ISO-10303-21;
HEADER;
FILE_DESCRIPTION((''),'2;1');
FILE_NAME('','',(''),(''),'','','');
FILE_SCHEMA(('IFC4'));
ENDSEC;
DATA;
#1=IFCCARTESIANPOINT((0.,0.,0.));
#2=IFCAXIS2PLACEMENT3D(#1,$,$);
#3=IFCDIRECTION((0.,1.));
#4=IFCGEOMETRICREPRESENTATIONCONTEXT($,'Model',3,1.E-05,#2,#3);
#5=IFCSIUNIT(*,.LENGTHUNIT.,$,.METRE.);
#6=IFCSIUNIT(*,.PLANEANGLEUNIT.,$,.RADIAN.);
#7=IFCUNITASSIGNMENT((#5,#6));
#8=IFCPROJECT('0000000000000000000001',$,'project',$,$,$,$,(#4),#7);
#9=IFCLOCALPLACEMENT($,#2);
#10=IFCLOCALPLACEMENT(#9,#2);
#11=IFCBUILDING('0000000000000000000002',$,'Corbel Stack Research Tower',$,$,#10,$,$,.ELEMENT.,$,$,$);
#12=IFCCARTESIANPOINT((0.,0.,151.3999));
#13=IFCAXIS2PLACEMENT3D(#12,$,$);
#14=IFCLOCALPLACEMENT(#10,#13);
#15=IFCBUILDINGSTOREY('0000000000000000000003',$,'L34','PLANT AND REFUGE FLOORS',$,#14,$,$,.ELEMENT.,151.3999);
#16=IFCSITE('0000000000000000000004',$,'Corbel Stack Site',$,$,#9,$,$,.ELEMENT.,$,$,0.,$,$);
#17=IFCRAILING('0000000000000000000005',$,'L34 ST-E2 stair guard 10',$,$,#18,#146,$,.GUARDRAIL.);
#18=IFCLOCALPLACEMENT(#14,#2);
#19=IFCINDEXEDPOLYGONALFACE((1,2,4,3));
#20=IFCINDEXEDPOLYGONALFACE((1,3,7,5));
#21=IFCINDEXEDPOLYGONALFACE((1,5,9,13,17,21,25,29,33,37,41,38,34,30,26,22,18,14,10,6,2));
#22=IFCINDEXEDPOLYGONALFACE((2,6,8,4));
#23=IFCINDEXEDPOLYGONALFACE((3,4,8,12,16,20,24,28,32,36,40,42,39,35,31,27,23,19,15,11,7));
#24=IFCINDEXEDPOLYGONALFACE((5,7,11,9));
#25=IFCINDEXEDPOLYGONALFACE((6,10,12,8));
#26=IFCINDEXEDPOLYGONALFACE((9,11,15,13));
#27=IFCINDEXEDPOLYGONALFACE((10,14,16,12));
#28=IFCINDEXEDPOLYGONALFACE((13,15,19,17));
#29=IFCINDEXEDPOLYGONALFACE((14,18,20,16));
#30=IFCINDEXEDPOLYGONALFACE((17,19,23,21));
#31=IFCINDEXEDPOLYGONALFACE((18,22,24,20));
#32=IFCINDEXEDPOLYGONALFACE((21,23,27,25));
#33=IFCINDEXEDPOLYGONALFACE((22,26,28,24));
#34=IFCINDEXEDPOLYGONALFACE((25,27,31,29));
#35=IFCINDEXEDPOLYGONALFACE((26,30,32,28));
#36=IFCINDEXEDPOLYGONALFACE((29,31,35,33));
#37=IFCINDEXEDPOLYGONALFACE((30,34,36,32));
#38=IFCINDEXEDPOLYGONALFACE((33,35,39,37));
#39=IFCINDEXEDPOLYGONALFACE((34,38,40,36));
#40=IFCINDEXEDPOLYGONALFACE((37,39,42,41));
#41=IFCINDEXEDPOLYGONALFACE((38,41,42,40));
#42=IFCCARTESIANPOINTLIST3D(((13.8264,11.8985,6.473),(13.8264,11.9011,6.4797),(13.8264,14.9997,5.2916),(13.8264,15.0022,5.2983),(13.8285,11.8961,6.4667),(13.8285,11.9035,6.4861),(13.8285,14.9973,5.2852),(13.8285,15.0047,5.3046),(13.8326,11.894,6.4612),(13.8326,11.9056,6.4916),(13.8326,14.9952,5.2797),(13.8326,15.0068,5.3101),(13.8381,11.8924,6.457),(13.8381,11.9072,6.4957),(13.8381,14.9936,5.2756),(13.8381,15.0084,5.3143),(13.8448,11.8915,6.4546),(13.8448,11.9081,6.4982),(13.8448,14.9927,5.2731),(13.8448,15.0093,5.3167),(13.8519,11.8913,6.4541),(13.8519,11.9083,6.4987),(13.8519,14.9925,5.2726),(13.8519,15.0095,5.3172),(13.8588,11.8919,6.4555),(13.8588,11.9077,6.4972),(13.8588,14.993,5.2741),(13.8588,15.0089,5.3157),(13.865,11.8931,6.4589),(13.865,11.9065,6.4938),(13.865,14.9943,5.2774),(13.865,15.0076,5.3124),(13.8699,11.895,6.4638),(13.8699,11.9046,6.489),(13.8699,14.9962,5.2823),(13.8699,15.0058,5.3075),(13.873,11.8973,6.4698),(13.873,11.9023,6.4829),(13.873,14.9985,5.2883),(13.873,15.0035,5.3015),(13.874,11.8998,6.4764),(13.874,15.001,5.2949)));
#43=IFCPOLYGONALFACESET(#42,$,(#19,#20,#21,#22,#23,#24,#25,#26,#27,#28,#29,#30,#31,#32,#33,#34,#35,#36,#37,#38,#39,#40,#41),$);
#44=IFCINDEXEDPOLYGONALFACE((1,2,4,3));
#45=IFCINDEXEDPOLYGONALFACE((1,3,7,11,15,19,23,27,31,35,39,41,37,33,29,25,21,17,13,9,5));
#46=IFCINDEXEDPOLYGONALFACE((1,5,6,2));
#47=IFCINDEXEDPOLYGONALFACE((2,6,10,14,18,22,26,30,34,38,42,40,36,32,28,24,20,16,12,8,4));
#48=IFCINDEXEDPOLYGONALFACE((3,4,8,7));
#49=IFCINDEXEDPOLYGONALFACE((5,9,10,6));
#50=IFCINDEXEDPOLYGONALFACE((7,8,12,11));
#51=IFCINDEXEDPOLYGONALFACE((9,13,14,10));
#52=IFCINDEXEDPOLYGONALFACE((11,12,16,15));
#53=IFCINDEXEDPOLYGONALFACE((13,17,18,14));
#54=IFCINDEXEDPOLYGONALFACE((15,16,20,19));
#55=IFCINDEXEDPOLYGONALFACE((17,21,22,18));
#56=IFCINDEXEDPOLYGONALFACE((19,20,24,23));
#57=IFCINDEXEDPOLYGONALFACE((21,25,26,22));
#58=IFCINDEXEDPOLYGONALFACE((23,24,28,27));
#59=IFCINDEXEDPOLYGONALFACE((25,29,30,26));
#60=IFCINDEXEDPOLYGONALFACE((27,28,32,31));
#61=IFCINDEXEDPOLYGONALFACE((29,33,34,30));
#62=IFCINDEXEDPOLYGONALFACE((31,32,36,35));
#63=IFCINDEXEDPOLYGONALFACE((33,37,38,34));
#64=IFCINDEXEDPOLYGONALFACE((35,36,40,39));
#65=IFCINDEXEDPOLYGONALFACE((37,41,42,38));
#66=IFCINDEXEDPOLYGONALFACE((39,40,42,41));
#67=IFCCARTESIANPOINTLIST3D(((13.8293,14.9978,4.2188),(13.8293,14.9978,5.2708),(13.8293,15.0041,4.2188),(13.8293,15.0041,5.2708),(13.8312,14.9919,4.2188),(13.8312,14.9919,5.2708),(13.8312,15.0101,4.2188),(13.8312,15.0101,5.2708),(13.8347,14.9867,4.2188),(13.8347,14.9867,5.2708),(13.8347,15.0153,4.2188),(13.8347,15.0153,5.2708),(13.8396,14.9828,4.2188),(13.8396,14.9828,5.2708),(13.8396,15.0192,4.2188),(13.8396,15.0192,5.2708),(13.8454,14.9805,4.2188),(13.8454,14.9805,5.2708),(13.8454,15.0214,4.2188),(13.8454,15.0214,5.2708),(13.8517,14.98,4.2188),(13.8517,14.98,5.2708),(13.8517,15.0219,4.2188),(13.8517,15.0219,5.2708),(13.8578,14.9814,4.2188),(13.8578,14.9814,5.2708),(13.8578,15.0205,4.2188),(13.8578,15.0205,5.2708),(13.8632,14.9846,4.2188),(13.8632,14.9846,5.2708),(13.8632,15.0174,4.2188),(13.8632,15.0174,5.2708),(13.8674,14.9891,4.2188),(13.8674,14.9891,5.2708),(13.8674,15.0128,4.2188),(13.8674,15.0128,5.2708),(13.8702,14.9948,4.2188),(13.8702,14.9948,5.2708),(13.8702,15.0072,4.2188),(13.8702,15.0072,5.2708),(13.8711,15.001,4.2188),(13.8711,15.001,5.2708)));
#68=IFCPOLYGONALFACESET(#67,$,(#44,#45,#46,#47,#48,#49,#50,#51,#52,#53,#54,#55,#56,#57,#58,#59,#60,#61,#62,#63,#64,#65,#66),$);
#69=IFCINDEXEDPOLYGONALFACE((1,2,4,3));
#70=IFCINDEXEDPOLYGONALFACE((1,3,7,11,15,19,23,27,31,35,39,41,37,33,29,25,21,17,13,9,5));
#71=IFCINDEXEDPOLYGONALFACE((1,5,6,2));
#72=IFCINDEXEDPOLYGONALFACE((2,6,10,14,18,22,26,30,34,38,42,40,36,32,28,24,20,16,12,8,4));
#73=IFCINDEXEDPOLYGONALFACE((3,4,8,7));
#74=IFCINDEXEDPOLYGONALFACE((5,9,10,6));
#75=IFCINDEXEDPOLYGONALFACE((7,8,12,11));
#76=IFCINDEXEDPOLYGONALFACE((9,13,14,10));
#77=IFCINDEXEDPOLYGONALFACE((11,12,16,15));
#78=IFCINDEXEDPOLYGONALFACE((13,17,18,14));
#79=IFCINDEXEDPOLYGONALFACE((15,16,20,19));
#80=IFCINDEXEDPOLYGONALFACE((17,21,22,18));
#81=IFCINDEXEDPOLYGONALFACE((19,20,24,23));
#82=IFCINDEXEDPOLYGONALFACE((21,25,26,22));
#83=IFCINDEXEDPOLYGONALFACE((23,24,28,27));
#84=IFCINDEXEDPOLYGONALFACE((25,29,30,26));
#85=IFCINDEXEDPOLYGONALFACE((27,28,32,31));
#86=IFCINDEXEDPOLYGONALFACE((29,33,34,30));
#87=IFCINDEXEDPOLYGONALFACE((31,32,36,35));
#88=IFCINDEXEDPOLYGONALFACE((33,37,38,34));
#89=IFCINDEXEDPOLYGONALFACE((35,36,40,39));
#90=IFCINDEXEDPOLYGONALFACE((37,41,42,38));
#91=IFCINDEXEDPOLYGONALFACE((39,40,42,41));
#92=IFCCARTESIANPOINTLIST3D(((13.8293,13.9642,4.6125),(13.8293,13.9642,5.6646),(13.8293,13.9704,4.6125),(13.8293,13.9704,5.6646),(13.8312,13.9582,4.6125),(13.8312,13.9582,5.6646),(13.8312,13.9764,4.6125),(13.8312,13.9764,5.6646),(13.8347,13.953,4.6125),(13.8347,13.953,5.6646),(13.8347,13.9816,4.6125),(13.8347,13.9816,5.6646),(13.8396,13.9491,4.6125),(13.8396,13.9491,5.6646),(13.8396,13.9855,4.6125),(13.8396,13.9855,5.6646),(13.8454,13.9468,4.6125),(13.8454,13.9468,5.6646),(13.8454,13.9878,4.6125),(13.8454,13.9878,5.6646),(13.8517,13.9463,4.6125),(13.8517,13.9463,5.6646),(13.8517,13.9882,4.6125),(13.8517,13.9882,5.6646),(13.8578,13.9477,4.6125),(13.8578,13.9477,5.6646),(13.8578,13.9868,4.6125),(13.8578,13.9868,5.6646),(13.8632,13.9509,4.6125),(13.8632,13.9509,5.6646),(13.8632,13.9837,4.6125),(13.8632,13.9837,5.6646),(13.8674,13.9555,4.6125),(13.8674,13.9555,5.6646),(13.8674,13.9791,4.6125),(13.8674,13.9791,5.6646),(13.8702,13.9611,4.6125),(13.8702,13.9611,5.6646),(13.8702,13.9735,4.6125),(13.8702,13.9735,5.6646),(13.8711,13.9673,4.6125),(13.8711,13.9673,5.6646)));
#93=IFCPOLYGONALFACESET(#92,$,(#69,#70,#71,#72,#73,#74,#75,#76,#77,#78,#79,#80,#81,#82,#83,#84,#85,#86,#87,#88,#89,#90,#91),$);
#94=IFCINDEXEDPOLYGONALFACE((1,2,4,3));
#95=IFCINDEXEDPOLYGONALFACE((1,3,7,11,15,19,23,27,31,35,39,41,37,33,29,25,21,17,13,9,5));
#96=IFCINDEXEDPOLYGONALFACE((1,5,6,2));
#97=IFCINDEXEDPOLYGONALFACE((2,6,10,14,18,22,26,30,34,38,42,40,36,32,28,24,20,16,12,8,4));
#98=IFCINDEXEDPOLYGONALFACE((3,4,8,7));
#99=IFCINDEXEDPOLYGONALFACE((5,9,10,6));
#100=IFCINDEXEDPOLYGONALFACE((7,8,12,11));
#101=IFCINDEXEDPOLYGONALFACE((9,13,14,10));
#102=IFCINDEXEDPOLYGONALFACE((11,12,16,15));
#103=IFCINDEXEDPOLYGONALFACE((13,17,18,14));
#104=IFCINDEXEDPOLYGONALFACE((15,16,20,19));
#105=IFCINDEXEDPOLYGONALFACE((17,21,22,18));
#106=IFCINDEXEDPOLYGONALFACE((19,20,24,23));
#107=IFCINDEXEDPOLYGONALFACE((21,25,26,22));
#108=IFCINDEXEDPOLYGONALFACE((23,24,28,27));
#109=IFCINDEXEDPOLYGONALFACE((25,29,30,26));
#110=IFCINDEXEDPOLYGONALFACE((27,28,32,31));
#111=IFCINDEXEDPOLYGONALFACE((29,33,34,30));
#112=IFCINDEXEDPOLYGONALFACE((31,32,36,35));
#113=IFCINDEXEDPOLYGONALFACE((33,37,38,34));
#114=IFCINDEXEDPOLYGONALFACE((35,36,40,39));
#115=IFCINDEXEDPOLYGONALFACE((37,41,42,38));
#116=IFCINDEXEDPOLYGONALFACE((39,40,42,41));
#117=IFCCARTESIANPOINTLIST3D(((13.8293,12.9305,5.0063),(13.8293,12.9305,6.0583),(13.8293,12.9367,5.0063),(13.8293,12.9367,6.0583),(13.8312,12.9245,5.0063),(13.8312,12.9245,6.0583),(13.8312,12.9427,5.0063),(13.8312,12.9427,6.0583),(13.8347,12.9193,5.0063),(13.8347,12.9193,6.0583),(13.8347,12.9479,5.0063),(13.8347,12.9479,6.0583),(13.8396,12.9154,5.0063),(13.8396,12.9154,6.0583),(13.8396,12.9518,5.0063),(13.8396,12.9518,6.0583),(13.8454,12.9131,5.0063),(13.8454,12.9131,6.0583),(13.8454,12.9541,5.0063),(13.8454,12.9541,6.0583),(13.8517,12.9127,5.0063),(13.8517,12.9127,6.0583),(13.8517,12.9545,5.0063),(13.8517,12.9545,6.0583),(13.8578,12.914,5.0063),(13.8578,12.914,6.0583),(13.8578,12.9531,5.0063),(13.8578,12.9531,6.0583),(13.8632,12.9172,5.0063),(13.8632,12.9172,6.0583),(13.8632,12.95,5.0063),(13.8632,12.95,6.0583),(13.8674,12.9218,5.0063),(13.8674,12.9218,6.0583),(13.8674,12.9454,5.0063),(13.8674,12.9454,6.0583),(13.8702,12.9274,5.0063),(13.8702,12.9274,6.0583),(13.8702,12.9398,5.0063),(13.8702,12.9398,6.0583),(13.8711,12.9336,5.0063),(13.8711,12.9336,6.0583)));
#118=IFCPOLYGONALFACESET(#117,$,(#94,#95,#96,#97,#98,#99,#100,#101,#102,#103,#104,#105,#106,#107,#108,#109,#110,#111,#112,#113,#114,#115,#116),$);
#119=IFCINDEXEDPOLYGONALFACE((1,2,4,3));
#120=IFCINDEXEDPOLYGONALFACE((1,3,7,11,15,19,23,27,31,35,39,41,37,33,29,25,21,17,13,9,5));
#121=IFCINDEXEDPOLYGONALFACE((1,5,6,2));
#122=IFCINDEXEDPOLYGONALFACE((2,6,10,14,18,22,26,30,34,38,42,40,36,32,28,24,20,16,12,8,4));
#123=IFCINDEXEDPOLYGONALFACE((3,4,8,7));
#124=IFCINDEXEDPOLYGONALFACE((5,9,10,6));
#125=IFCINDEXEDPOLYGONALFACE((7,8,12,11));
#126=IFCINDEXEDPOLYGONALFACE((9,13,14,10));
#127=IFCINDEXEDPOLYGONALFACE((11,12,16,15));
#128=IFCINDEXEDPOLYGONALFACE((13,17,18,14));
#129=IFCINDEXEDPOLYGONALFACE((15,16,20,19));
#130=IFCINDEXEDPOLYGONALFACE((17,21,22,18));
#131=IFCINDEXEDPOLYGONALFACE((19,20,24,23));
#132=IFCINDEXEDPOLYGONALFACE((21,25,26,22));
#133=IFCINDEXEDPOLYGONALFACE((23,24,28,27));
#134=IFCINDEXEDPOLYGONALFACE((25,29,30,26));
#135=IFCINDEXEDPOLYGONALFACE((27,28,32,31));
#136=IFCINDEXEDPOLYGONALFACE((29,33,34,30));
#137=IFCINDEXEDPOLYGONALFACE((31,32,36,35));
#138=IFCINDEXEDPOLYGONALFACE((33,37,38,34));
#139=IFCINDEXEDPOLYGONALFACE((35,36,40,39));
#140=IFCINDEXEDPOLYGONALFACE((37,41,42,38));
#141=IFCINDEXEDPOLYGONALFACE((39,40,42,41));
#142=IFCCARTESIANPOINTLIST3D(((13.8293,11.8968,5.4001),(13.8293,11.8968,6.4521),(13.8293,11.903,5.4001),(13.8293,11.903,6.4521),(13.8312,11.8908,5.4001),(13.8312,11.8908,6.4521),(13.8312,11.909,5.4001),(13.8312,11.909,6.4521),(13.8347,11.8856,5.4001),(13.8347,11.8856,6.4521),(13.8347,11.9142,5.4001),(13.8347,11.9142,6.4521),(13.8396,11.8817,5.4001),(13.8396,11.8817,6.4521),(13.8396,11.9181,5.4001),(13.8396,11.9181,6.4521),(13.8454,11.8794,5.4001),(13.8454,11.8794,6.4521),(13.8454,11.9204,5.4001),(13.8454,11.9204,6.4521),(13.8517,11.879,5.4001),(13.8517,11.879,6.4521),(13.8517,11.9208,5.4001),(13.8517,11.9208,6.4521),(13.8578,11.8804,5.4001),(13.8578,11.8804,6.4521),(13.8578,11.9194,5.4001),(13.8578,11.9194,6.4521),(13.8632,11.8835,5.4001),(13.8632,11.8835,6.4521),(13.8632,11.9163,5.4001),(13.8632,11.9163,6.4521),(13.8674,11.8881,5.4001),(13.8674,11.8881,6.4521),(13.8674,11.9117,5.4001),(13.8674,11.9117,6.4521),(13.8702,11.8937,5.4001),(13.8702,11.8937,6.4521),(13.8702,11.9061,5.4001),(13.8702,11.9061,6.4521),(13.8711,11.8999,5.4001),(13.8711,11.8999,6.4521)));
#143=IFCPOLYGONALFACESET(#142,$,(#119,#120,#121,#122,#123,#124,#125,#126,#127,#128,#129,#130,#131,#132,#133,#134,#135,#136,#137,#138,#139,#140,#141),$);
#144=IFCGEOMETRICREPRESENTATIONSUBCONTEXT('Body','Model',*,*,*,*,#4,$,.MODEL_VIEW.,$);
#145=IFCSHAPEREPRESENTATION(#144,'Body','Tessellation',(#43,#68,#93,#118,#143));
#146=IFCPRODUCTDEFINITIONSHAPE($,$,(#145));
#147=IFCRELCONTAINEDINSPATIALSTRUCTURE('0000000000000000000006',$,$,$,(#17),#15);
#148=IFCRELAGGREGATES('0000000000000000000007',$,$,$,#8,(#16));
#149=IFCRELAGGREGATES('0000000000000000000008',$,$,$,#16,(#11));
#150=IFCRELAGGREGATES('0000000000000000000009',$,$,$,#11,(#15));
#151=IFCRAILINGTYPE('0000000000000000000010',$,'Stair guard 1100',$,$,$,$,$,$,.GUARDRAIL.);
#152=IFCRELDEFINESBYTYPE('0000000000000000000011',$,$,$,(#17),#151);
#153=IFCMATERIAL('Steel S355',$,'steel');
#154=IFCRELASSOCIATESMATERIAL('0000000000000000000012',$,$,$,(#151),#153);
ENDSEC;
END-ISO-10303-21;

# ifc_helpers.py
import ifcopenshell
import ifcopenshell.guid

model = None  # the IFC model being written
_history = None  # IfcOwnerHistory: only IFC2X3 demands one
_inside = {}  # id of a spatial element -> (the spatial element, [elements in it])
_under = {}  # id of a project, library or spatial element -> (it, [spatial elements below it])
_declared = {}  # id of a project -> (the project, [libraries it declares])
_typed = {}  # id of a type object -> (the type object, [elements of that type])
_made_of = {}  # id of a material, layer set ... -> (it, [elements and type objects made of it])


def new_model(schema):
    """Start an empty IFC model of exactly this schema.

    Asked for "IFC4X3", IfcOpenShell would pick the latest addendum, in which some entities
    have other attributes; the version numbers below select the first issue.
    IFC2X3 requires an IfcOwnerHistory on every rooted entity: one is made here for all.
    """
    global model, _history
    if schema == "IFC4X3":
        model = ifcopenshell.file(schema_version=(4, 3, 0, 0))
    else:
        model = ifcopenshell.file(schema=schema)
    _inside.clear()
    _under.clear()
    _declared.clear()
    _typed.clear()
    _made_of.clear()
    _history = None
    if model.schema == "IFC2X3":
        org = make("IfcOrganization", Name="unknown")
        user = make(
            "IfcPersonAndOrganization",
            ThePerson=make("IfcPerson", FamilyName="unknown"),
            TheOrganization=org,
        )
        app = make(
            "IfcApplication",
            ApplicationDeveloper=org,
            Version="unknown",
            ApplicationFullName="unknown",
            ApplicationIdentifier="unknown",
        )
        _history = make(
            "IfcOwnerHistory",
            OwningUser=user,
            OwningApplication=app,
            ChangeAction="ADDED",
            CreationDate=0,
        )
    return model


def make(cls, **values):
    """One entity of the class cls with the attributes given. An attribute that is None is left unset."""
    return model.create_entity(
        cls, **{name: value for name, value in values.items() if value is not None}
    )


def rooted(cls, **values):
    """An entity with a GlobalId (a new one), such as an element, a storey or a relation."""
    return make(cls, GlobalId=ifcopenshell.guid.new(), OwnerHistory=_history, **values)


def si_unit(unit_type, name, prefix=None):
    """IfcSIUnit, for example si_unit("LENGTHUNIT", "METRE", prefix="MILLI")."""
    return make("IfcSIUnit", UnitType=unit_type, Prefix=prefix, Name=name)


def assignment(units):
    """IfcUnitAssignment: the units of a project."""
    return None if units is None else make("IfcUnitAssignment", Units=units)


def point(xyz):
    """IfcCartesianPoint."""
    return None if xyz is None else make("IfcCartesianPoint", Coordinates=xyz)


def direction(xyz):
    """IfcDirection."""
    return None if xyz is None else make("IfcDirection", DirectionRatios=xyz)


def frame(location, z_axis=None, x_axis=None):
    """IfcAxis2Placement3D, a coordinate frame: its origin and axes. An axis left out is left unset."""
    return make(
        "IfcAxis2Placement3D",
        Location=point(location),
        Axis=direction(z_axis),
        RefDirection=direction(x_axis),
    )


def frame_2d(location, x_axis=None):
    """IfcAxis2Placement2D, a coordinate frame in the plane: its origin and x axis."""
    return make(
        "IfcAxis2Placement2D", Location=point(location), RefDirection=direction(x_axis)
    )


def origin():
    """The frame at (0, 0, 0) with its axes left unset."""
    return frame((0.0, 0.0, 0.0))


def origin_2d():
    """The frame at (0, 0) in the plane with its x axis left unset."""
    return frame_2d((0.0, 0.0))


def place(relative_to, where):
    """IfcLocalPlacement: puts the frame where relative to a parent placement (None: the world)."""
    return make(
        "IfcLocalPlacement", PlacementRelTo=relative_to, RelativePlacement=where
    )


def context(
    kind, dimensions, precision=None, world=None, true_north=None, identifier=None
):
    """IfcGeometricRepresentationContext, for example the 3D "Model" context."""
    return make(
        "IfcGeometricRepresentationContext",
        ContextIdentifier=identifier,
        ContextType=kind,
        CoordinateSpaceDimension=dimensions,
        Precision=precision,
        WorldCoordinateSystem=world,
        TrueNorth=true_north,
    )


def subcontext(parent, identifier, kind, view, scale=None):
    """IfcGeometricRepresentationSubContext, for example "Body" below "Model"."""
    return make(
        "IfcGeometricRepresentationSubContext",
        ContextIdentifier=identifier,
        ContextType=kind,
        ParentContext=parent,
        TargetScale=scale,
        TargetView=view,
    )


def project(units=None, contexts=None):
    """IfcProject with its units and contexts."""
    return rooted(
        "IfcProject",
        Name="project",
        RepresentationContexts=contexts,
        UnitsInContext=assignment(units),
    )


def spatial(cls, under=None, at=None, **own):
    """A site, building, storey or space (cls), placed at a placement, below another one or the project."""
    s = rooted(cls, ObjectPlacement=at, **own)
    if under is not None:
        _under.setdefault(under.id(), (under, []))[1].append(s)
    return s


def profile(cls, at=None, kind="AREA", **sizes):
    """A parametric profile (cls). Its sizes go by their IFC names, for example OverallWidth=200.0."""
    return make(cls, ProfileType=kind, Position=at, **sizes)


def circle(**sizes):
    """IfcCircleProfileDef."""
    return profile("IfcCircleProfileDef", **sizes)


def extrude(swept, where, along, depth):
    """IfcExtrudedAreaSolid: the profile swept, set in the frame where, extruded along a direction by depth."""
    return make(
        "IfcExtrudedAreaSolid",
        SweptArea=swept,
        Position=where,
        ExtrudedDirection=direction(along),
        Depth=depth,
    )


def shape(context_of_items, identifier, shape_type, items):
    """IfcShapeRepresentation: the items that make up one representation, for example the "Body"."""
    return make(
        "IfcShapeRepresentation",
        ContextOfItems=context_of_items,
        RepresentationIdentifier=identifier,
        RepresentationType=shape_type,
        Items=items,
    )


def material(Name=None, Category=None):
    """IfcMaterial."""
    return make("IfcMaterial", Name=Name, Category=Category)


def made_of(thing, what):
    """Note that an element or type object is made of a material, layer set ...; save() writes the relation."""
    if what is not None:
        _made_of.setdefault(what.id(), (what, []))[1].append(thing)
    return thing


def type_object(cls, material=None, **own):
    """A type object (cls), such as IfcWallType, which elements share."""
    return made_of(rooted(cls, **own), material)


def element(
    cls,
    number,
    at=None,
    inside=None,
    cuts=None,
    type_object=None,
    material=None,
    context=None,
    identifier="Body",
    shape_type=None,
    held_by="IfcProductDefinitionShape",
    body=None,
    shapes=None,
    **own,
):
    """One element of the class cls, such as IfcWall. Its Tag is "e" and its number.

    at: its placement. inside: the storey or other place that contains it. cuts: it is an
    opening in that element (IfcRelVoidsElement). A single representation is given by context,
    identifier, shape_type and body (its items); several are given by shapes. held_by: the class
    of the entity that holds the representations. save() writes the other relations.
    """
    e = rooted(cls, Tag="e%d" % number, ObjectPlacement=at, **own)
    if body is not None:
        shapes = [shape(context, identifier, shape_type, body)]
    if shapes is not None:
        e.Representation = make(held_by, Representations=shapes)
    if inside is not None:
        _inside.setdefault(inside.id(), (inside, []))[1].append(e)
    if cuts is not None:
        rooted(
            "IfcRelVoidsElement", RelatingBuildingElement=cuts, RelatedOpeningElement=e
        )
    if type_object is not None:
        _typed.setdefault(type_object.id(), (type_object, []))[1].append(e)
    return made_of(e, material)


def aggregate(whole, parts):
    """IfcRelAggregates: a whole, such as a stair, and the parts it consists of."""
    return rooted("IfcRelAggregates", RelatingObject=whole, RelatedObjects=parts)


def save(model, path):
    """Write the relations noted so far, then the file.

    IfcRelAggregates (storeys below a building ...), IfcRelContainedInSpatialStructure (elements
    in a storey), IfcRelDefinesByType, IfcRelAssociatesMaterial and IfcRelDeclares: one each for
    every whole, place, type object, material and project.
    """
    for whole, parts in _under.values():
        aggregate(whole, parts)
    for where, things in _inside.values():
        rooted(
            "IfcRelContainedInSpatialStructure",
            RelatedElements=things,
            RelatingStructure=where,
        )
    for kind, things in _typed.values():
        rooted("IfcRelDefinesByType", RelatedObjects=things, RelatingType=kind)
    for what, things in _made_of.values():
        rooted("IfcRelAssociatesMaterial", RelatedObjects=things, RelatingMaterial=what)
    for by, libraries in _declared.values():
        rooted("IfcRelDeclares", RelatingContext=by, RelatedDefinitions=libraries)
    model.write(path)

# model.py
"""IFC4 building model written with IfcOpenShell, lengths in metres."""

from ifc_helpers import new_model, si_unit, direction, frame, origin, origin_2d, place, context, subcontext, project, spatial, circle, extrude, material, type_object, element, save


model = new_model("IFC4")

# Units and contexts
model_context = context("Model", 3, precision=1e-05, world=origin(), true_north=direction((0.0, 1.0)))
body_context = subcontext(model_context, "Body", "Model", "MODEL_VIEW")
ifc_project = project(units=[si_unit("LENGTHUNIT", "METRE"), si_unit("PLANEANGLEUNIT", "RADIAN")], contexts=[model_context])

# Site, building, storey
site_placement = place(None, origin())
site = spatial("IfcSite", under=ifc_project, at=site_placement, Name="Corbel Stack Site", CompositionType="ELEMENT", RefElevation=0.0)
building_placement = place(site_placement, origin())
building = spatial("IfcBuilding", under=site, at=building_placement, Name="Corbel Stack Research Tower", CompositionType="ELEMENT")
storey_placement = place(building_placement, frame((0.0, 0.0, 151.3999)))
storey = spatial("IfcBuildingStorey", under=building, at=storey_placement, Name="L34", Description="PLANT AND REFUGE FLOORS", CompositionType="ELEMENT", Elevation=151.3999)

# Railing
ifc_material_1 = material(Name="Steel S355", Category="steel")
railing_type_1 = type_object("IfcRailingType", Name="Stair guard 1100", PredefinedType="GUARDRAIL", material=ifc_material_1)
railing_1_placement = place(storey_placement, frame((13.8501, 15.001, 4.2188)))
element("IfcRailing", 1, at=railing_1_placement, inside=storey, type_object=railing_type_1, Name="L34 ST-E2 stair guard 10", PredefinedType="GUARDRAIL", context=body_context, shape_type="SweptSolid", body=[
    extrude(circle(Radius=0.0239, at=origin_2d()), frame((0.0, 0.0, 1.0762), z_axis=(0.0, -0.934484, 0.356005), x_axis=(1.0, 0.0, 0.0)), (0.0, 0.0, 1.0), 3.3186),
    extrude(circle(Radius=0.021, at=origin_2d()), origin(), (0.0, 0.0, 1.0), 1.052),
    extrude(circle(Radius=0.021, at=origin_2d()), frame((0.0, -1.0337, 0.3938)), (0.0, 0.0, 1.0), 1.052),
    extrude(circle(Radius=0.021, at=origin_2d()), frame((0.0, -2.0674, 0.7876)), (0.0, 0.0, 1.0), 1.052),
    extrude(circle(Radius=0.021, at=origin_2d()), frame((0.0, -3.1011, 1.1814)), (0.0, 0.0, 1.0), 1.052),
])

save(model, "model.ifc")
